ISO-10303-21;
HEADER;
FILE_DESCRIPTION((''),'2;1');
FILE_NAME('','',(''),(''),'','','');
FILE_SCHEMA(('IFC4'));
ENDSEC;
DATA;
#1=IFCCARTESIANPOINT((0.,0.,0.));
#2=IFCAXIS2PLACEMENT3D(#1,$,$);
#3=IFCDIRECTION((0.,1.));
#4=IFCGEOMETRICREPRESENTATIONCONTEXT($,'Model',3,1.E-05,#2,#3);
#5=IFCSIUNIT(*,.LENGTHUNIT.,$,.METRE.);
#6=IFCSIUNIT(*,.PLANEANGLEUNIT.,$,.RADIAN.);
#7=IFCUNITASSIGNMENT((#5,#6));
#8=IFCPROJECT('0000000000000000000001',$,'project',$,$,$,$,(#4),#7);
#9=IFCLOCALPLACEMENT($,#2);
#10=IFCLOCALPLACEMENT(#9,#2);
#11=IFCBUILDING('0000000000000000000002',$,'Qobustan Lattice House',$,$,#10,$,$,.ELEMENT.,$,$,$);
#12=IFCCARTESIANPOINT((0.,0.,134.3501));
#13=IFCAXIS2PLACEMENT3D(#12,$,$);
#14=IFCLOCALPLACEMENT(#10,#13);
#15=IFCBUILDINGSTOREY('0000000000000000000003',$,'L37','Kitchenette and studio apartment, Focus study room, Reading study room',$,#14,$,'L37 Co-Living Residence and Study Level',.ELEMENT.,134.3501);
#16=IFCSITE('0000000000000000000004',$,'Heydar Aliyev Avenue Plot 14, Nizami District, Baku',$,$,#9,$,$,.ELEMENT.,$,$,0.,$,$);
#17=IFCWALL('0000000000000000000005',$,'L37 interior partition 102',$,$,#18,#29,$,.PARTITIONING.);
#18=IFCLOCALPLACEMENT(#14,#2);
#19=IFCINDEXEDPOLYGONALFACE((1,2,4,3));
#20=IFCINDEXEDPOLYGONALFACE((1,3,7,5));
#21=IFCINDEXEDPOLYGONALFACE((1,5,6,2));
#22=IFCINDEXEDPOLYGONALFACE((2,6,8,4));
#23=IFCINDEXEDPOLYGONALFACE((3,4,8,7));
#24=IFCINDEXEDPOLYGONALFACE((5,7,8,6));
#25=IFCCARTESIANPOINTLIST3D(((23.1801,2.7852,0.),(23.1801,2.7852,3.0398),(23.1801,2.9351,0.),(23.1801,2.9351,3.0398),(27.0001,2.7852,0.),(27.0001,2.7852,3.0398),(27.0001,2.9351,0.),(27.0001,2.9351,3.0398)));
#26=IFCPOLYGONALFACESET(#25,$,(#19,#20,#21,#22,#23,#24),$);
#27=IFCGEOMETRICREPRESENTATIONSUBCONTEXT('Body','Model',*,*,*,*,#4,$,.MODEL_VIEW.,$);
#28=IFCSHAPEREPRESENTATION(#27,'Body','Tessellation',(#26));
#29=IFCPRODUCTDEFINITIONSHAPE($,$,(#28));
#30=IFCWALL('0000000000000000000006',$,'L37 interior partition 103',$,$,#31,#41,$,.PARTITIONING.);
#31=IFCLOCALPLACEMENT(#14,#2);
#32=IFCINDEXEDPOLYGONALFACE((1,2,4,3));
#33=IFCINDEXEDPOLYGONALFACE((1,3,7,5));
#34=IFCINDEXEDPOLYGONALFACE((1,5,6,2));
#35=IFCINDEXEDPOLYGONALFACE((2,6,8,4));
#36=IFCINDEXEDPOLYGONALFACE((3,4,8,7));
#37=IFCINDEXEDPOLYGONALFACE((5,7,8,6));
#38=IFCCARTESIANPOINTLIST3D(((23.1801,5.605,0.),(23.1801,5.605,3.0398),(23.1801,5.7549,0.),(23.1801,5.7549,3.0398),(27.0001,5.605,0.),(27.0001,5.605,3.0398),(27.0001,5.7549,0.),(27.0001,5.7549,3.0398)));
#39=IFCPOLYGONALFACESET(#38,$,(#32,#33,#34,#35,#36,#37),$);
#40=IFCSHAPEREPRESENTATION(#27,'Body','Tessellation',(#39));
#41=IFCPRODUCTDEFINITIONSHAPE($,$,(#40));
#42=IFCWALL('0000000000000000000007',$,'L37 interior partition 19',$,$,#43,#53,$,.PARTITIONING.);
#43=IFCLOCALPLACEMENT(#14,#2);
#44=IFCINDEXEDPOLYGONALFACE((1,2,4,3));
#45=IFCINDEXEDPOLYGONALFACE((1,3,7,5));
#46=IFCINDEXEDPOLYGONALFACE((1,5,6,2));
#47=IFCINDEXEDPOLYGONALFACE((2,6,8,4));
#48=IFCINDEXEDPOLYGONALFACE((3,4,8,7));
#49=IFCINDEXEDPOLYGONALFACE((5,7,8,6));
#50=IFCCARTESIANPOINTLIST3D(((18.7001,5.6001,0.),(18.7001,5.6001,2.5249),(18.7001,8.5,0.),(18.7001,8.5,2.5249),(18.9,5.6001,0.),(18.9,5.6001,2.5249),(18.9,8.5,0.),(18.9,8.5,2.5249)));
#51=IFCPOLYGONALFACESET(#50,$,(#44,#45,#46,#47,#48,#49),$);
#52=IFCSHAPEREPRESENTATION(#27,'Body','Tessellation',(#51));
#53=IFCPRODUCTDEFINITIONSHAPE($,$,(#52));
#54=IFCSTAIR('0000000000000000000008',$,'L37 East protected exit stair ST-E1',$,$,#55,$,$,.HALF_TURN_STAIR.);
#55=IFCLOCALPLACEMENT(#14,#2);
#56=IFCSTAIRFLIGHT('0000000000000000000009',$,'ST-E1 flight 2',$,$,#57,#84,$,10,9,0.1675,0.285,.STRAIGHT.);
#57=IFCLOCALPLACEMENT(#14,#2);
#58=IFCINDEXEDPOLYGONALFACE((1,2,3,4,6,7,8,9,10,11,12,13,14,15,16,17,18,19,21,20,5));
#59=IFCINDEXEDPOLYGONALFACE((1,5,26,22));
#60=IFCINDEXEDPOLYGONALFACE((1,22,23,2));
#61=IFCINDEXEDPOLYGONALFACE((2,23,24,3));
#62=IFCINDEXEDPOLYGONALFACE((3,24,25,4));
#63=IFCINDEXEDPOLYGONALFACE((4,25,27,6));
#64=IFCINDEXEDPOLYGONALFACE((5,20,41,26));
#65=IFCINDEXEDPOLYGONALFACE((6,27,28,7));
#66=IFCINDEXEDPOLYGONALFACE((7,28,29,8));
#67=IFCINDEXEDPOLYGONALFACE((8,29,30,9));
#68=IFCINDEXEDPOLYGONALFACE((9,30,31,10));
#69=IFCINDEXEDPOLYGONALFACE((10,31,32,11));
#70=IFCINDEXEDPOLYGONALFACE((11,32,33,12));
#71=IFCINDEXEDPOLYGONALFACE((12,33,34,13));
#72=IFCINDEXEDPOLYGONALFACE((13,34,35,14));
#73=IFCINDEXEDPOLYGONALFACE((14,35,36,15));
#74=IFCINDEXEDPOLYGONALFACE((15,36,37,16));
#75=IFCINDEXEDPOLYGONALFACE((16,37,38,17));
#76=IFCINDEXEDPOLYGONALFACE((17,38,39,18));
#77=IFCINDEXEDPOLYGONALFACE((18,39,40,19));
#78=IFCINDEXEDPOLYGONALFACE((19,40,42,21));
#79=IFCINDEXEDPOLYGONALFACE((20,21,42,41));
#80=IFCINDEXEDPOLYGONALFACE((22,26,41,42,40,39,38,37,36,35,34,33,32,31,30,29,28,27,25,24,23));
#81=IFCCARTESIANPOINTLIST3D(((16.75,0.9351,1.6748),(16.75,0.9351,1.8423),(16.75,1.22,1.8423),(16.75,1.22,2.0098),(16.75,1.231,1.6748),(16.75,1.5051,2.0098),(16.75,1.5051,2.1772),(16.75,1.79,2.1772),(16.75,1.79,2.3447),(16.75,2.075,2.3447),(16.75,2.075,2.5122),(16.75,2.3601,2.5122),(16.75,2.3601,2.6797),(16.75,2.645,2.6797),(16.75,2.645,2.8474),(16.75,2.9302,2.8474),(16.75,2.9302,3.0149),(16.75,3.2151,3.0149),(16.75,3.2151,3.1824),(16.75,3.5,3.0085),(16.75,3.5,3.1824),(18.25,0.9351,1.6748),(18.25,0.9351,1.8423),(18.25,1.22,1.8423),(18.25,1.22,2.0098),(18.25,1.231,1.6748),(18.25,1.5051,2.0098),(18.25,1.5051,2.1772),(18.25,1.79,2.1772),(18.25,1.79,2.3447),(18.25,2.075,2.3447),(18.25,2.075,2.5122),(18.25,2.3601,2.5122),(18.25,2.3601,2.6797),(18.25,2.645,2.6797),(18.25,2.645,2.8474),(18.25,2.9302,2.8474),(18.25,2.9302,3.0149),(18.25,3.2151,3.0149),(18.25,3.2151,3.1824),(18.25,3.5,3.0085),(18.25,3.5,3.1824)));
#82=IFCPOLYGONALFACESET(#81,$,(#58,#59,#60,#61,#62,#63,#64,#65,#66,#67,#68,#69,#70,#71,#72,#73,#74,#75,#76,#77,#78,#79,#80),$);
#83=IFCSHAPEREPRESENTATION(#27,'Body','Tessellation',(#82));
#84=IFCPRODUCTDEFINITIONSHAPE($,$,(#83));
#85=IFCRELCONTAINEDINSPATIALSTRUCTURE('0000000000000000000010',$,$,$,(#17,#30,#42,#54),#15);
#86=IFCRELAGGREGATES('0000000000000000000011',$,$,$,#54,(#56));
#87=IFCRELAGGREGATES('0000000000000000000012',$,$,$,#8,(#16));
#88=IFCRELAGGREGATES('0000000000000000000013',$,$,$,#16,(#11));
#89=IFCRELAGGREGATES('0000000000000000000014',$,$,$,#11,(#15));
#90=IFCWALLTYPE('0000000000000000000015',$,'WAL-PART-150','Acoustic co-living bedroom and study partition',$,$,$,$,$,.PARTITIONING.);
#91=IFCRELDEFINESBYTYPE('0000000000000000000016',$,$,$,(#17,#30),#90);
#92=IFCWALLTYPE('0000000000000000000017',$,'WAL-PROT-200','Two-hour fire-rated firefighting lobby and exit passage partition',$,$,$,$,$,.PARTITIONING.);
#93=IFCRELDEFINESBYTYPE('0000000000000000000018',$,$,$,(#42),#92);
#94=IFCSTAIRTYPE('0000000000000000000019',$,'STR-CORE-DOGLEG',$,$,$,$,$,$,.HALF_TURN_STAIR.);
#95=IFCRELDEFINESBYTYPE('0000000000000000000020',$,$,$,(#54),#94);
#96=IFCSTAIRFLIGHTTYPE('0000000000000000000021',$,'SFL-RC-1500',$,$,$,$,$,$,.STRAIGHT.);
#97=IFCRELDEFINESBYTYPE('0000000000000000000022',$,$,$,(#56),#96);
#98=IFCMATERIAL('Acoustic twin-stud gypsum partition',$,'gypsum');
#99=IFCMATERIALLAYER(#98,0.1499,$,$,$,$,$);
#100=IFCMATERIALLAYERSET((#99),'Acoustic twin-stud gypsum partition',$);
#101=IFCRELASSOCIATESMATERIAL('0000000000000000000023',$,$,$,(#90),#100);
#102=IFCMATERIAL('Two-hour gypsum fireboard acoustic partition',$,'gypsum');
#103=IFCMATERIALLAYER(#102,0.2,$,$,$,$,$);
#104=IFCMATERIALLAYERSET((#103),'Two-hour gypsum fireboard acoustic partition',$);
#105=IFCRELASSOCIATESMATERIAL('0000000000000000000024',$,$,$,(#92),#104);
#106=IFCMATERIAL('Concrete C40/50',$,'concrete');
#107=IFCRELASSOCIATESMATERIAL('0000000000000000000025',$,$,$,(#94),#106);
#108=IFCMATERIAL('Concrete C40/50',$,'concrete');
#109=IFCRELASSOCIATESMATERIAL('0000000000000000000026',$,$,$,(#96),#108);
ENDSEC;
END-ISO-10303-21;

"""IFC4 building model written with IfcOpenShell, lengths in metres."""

from ifc_helpers import new_model, si_unit, direction, frame, frame_2d, origin, place, context, subcontext, project, spatial, polyline, rectangle, outline, extrude, material, layer, layer_set, type_object, element, aggregate, save


model = new_model("IFC4")

# Units and contexts
model_context = context("Model", 3, precision=1e-05, world=origin(), true_north=direction((0.0, 1.0)))
body_context = subcontext(model_context, "Body", "Model", "MODEL_VIEW")
ifc_project = project(units=[si_unit("LENGTHUNIT", "METRE"), si_unit("PLANEANGLEUNIT", "RADIAN")], contexts=[model_context])

# Site, building, storey
site_placement = place(None, origin())
site = spatial("IfcSite", under=ifc_project, at=site_placement, Name="Heydar Aliyev Avenue Plot 14, Nizami District, Baku", CompositionType="ELEMENT", RefElevation=0.0)
building_placement = place(site_placement, origin())
building = spatial("IfcBuilding", under=site, at=building_placement, Name="Qobustan Lattice House", CompositionType="ELEMENT")
storey_placement = place(building_placement, frame((0.0, 0.0, 134.3501)))
storey = spatial("IfcBuildingStorey", under=building, at=storey_placement, Name="L37", Description="Kitchenette and studio apartment, Focus study room, Reading study room", LongName="L37 Co-Living Residence and Study Level", CompositionType="ELEMENT", Elevation=134.3501)

# Shared definitions
ifc_material_1 = material(Name="Acoustic twin-stud gypsum partition", Category="gypsum")
ifc_layer_1 = layer(ifc_material_1, 0.1499)
ifc_layer_set_1 = layer_set([ifc_layer_1], Name="Acoustic twin-stud gypsum partition")
wall_type_1 = type_object("IfcWallType", Name="WAL-PART-150", Description="Acoustic co-living bedroom and study partition", PredefinedType="PARTITIONING", material=ifc_layer_set_1)

# Walls
for number, where, z_axis, x_axis, name in (
    (1, (23.1799, 2.8601, 0.0), (0.0, 0.0, 1.0), (1.0, 0.0, 0.0), "L37 interior partition 102"),
    (2, (23.1799, 5.6799, 0.0), (0.0, 0.0, 1.0), (1.0, 0.0, 0.0), "L37 interior partition 103"),
):
    element("IfcWall", number, at=place(storey_placement, frame(where, z_axis=z_axis, x_axis=x_axis)), inside=storey, type_object=wall_type_1, Name=name, PredefinedType="PARTITIONING", context=body_context, shape_type="SweptSolid", body=[
        extrude(rectangle(XDim=3.8201, YDim=0.1499, at=frame_2d((1.9102, 0.0))), origin(), (0.0, 0.0, 1.0), 3.0398),
    ])

# Shared definitions
ifc_material_2 = material(Name="Two-hour gypsum fireboard acoustic partition", Category="gypsum")
ifc_layer_2 = layer(ifc_material_2, 0.2)
ifc_layer_set_2 = layer_set([ifc_layer_2], Name="Two-hour gypsum fireboard acoustic partition")
wall_type_2 = type_object("IfcWallType", Name="WAL-PROT-200", Description="Two-hour fire-rated firefighting lobby and exit passage partition", PredefinedType="PARTITIONING", material=ifc_layer_set_2)

# Wall
wall_1_placement = place(storey_placement, frame((18.8, 5.6001, 0.0), z_axis=(0.0, 0.0, 1.0), x_axis=(0.0, 1.0, 0.0)))
element("IfcWall", 3, at=wall_1_placement, inside=storey, type_object=wall_type_2, Name="L37 interior partition 19", PredefinedType="PARTITIONING", context=body_context, shape_type="SweptSolid", body=[
    extrude(rectangle(XDim=2.8999, YDim=0.2, at=frame_2d((1.45, 0.0))), origin(), (0.0, 0.0, 1.0), 2.5249),
])

# Stair, stair flight
ifc_material_3 = material(Name="Concrete C40/50", Category="concrete")
stair_type = type_object("IfcStairType", Name="STR-CORE-DOGLEG", PredefinedType="HALF_TURN_STAIR", material=ifc_material_3)
stair_placement = place(storey_placement, origin())
stair = element("IfcStair", 4, at=stair_placement, inside=storey, type_object=stair_type, Name="L37 East protected exit stair ST-E1", PredefinedType="HALF_TURN_STAIR")
ifc_material_4 = material(Name="Concrete C40/50", Category="concrete")
stair_flight_type = type_object("IfcStairFlightType", Name="SFL-RC-1500", PredefinedType="STRAIGHT", material=ifc_material_4)
stair_flight_placement = place(storey_placement, frame((17.5, 0.9351, 1.6748), z_axis=(0.0, 0.0, 1.0), x_axis=(0.0, 1.0, 0.0)))
stair_flight = element("IfcStairFlight", 5, at=stair_flight_placement, type_object=stair_flight_type, Name="ST-E1 flight 2", NumberOfRisers=10, NumberOfTreads=9, PredefinedType="STRAIGHT", RiserHeight=0.1675, TreadLength=0.285, context=body_context, shape_type="SweptSolid", body=[
    extrude(outline(polyline([(0.0, 0.0), (0.0, 0.1675), (0.2849, 0.1675), (0.2849, 0.335), (0.5701, 0.335), (0.5701, 0.5024), (0.855, 0.5024), (0.855, 0.6699), (1.1399, 0.6699), (1.1399, 0.8374), (1.425, 0.8374), (1.425, 1.0049), (1.71, 1.0049), (1.71, 1.1726), (1.9951, 1.1726), (1.9951, 1.3401), (2.28, 1.3401), (2.28, 1.5076), (2.5649, 1.5076), (2.5649, 1.675), (2.5649, 1.3337), (0.2959, 0.0), (0.0, 0.0)])), frame((0.0, 0.75, 0.0), z_axis=(0.0, -1.0, 0.0), x_axis=(1.0, 0.0, 0.0)), (0.0, 0.0, 1.0), 1.5),
])
aggregate(stair, [stair_flight])

save(model, "model.ifc")
